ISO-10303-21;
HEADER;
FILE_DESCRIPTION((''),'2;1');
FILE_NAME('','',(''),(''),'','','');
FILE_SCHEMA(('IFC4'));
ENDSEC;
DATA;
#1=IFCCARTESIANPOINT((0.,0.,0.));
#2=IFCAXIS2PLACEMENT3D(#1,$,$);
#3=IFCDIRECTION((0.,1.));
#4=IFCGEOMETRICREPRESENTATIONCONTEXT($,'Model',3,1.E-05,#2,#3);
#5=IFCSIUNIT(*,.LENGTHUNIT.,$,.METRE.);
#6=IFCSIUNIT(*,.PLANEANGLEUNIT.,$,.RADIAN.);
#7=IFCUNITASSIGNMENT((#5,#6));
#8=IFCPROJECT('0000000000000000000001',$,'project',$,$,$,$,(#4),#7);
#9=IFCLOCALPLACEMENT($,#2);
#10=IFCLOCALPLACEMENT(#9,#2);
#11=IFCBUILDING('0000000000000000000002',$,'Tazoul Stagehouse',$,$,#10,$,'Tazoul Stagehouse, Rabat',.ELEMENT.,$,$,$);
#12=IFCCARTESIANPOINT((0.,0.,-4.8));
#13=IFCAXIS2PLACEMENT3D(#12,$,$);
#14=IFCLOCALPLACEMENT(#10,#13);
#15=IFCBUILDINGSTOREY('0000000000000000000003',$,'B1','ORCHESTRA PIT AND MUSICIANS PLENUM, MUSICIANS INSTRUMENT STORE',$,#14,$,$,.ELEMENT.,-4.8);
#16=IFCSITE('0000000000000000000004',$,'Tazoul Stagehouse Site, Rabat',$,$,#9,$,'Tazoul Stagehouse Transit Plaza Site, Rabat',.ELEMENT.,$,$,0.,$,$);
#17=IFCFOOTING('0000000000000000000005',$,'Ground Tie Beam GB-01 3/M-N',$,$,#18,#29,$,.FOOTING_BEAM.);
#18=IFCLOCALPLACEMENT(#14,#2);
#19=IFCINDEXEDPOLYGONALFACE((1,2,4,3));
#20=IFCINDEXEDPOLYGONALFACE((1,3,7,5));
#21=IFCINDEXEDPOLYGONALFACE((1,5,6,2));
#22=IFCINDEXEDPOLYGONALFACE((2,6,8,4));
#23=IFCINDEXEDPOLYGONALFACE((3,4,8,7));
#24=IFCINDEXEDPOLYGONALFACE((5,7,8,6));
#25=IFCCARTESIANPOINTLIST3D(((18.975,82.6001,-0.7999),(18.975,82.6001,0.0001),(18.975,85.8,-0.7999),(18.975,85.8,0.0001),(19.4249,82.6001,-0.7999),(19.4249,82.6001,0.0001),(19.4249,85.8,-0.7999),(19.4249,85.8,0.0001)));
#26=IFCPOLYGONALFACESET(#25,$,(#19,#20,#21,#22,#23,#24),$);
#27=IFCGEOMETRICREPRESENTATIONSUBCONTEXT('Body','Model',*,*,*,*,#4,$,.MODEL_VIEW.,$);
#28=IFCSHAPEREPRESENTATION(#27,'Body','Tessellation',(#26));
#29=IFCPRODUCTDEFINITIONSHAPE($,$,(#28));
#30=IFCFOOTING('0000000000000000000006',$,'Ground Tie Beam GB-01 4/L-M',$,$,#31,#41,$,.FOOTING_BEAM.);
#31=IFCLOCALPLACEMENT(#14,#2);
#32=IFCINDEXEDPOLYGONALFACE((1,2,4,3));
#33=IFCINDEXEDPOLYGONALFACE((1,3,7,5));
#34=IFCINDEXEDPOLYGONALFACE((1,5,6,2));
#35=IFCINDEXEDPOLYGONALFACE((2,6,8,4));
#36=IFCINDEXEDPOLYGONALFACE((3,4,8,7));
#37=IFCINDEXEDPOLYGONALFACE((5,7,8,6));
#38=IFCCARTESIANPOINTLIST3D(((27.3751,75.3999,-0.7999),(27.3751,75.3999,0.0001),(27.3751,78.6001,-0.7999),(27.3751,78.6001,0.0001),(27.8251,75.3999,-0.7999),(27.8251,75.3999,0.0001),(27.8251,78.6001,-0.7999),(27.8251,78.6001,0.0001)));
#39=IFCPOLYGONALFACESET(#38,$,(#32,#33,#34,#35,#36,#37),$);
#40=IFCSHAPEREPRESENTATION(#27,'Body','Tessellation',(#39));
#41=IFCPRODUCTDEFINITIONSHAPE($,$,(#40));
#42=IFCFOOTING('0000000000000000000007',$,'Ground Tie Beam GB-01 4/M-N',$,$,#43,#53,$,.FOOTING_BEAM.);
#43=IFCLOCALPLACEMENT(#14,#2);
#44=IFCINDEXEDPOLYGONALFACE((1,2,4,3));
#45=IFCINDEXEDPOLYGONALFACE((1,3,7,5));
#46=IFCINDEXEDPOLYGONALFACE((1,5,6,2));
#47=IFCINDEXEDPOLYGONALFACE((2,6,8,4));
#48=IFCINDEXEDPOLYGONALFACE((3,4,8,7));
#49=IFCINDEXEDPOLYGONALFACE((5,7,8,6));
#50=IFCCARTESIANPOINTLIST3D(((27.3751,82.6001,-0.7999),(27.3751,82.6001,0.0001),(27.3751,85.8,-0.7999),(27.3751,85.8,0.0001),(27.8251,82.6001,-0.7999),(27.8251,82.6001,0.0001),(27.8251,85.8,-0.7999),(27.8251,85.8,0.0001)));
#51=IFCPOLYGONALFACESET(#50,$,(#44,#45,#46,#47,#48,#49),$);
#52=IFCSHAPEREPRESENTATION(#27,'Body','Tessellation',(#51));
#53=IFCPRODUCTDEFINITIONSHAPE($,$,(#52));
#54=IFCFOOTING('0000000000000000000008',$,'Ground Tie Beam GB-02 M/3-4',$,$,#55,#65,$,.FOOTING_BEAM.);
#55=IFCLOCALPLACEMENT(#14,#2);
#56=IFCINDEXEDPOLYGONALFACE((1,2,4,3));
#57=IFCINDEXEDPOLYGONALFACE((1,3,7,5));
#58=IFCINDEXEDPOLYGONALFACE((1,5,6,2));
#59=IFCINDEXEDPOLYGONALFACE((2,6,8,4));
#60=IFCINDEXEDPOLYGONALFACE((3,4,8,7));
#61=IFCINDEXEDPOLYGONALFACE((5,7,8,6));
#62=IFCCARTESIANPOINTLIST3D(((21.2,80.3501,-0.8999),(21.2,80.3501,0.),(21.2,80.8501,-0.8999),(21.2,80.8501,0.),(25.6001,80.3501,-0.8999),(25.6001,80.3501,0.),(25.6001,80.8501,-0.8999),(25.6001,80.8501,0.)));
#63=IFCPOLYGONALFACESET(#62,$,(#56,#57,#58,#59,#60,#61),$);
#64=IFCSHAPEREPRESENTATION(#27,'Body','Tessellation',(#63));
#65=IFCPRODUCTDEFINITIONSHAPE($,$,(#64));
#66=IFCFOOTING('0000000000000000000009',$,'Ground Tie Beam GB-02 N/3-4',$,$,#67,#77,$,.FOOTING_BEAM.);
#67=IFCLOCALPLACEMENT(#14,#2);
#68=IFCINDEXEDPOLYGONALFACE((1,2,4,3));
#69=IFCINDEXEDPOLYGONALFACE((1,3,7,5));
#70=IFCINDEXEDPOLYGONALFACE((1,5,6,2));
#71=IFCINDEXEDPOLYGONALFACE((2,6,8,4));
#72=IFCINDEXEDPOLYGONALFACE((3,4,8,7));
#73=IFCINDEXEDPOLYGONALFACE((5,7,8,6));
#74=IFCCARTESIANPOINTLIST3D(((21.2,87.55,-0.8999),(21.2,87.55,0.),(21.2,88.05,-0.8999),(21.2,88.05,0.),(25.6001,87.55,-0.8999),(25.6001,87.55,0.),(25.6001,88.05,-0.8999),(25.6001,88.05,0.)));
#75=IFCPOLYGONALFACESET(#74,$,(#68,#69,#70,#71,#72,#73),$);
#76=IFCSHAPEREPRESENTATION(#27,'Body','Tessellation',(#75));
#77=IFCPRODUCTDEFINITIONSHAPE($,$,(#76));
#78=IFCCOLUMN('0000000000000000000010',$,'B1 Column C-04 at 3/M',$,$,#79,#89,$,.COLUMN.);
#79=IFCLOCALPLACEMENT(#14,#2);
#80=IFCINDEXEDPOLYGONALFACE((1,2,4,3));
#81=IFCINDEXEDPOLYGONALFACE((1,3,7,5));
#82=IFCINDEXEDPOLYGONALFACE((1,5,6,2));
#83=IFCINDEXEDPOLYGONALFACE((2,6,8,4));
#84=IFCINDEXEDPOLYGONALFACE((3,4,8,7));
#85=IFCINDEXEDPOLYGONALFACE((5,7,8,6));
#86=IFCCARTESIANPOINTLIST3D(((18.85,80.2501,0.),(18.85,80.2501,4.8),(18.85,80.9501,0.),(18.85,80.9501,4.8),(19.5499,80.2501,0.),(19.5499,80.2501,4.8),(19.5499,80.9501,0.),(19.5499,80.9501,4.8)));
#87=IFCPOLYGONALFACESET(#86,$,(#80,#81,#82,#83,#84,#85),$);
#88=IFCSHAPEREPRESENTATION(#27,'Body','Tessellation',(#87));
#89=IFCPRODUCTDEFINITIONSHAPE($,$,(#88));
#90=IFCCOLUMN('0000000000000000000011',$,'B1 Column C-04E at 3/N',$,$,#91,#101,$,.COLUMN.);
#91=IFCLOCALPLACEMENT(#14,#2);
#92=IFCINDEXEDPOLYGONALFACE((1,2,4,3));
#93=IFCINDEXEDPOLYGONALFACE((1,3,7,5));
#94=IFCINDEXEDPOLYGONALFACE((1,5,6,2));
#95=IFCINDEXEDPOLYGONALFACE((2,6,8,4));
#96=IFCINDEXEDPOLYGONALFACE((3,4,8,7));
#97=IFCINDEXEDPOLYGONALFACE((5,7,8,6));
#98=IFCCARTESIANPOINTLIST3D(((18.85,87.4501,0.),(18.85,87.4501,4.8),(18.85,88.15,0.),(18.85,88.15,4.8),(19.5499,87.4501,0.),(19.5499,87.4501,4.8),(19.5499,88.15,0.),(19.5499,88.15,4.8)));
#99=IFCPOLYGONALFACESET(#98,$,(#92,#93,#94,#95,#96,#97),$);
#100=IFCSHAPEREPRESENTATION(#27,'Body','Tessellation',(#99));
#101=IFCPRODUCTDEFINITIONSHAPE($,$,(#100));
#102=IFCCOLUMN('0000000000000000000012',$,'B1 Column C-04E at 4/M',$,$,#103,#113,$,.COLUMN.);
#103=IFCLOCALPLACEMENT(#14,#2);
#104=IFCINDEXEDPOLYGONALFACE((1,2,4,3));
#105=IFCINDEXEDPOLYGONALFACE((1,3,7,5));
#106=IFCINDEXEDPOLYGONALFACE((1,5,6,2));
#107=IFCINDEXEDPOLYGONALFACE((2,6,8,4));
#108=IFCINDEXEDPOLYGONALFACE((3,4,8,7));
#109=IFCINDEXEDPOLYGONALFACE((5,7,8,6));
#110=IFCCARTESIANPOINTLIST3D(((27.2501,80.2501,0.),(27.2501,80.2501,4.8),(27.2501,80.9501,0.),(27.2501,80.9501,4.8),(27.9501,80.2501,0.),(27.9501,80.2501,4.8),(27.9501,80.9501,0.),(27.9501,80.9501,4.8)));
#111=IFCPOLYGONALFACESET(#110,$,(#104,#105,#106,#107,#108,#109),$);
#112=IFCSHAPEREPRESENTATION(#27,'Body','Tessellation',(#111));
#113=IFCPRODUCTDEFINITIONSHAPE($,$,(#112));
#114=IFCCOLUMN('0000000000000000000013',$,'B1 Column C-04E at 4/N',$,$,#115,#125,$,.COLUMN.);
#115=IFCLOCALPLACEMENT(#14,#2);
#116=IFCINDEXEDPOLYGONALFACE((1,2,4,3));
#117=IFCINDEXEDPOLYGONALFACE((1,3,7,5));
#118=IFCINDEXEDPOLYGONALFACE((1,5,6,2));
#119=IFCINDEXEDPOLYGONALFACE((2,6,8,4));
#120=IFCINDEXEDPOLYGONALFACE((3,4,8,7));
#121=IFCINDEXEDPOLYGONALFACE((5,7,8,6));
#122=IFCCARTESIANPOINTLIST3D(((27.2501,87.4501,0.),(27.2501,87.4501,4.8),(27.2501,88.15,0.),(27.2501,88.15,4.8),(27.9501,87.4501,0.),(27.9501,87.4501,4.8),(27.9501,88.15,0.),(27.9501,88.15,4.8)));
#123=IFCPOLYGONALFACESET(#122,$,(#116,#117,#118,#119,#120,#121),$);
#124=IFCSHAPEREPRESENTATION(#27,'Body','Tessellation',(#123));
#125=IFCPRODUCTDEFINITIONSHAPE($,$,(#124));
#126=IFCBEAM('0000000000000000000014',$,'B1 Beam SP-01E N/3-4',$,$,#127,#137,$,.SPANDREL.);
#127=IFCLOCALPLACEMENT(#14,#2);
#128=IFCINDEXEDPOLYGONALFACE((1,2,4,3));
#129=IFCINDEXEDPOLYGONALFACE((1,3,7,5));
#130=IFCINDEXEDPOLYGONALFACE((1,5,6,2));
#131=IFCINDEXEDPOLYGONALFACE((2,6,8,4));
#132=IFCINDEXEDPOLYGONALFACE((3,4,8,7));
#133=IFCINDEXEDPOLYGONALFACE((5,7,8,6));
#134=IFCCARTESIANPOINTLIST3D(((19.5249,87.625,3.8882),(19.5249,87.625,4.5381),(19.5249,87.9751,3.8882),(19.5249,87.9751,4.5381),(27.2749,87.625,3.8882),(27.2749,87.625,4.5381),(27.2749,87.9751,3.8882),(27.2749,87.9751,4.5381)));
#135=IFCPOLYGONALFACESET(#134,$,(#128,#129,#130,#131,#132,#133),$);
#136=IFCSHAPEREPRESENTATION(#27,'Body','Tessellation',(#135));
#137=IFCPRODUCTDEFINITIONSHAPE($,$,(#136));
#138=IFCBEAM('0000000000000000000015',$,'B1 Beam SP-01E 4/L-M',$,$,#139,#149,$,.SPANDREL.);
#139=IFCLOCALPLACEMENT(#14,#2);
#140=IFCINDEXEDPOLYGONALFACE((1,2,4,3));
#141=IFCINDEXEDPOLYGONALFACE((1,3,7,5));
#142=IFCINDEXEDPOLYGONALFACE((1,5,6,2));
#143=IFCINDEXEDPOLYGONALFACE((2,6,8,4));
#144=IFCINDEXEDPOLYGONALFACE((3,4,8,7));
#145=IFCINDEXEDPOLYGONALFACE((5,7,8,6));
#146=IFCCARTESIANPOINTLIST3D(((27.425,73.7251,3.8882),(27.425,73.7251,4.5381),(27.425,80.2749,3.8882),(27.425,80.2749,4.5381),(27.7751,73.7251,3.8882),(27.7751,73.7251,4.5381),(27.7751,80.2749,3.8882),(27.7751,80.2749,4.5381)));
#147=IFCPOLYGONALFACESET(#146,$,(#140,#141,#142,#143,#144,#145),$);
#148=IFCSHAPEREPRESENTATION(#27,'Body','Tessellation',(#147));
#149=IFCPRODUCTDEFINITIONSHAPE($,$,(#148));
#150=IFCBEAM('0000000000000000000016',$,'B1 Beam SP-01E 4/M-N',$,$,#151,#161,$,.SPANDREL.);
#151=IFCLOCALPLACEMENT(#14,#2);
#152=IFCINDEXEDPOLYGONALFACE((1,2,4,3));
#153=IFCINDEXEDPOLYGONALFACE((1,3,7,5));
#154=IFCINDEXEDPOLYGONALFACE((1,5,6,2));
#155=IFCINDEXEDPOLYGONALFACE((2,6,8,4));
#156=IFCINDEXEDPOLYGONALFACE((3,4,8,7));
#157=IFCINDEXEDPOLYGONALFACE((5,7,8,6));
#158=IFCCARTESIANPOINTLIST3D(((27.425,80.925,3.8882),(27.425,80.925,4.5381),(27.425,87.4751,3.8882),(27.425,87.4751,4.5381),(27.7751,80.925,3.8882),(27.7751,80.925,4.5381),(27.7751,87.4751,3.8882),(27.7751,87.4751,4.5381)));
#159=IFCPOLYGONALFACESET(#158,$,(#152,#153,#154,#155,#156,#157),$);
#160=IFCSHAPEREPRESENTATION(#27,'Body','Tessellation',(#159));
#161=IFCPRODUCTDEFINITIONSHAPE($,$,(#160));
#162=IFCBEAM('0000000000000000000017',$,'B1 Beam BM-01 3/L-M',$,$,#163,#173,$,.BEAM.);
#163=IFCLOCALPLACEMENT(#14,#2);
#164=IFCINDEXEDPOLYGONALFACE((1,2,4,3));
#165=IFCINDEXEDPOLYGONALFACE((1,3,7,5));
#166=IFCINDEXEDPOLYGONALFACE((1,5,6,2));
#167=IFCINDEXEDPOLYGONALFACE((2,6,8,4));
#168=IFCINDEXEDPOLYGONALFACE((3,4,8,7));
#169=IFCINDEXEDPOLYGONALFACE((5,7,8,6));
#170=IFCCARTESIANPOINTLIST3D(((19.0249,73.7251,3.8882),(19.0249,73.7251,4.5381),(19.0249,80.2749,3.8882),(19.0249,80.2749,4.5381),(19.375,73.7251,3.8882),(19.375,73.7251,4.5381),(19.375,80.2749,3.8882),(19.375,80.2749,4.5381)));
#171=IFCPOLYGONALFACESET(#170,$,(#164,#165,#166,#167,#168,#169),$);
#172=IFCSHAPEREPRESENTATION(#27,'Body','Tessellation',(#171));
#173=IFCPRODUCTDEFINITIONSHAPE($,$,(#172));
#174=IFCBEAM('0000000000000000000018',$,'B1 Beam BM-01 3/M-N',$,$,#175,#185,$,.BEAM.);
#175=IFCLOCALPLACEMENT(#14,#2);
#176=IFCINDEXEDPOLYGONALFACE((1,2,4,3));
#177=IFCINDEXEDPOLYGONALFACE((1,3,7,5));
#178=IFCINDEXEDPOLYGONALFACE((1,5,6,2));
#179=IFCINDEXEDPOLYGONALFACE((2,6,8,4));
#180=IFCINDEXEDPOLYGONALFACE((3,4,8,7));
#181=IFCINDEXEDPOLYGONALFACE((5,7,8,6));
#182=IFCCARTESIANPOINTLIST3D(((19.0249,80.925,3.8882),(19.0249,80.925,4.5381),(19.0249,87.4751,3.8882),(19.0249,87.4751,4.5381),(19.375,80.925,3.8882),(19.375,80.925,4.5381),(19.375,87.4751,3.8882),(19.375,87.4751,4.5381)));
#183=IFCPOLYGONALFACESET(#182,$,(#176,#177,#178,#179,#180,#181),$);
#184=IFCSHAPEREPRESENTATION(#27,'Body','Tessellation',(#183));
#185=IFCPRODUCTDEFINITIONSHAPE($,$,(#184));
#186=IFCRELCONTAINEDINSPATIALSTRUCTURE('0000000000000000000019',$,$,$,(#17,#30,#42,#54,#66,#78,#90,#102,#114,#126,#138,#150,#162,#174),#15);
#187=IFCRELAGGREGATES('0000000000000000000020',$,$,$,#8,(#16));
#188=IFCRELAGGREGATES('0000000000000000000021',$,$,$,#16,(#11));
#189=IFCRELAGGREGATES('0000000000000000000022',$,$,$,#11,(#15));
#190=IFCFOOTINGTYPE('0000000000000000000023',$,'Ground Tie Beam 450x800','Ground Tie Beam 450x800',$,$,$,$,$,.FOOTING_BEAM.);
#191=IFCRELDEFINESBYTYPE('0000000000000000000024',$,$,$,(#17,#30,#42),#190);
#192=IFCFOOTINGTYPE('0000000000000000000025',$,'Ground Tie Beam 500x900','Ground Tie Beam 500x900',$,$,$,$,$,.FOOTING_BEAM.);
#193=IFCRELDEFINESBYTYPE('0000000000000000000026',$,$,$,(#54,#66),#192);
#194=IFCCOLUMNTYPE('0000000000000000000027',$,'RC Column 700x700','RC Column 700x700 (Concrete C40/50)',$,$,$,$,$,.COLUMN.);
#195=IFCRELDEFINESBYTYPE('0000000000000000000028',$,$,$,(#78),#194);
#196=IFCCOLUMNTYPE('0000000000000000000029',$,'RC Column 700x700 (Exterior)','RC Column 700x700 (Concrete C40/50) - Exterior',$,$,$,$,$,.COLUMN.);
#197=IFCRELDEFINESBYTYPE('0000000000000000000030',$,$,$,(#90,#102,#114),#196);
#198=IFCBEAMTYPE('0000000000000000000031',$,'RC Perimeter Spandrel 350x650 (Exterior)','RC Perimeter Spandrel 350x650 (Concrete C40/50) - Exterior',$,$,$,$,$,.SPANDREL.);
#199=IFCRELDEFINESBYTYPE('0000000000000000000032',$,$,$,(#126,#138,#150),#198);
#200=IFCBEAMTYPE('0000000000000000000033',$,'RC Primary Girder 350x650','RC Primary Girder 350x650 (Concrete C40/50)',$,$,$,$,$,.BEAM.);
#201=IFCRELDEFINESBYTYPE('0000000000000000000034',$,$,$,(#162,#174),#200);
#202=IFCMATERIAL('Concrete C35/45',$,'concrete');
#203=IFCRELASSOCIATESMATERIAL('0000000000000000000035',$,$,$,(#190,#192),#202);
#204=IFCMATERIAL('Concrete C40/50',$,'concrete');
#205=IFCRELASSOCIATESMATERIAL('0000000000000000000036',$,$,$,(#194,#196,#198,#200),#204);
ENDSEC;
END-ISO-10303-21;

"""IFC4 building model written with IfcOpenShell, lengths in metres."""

from ifc_helpers import new_model, si_unit, direction, frame, origin, origin_2d, place, context, subcontext, project, spatial, rectangle, extrude, material, material_profile, profile_set, type_object, element, save


model = new_model("IFC4")

# Units and contexts
model_context = context("Model", 3, precision=1e-05, world=origin(), true_north=direction((0.0, 1.0)))
body_context = subcontext(model_context, "Body", "Model", "MODEL_VIEW")
ifc_project = project(units=[si_unit("LENGTHUNIT", "METRE"), si_unit("PLANEANGLEUNIT", "RADIAN")], contexts=[model_context])

# Site, building, storey
site_placement = place(None, origin())
site = spatial("IfcSite", under=ifc_project, at=site_placement, Name="Tazoul Stagehouse Site, Rabat", LongName="Tazoul Stagehouse Transit Plaza Site, Rabat", CompositionType="ELEMENT", RefElevation=0.0)
building_placement = place(site_placement, origin())
building = spatial("IfcBuilding", under=site, at=building_placement, Name="Tazoul Stagehouse", LongName="Tazoul Stagehouse, Rabat", CompositionType="ELEMENT")
storey_placement = place(building_placement, frame((0.0, 0.0, -4.8)))
storey = spatial("IfcBuildingStorey", under=building, at=storey_placement, Name="B1", Description="ORCHESTRA PIT AND MUSICIANS PLENUM, MUSICIANS INSTRUMENT STORE", CompositionType="ELEMENT", Elevation=-4.8)

# Shared definitions
ifc_material_1 = material(Name="Concrete C35/45", Category="concrete")

# Footings
ifc_material_profile_1 = material_profile(ifc_material_1, rectangle(XDim=0.45, YDim=0.8, at=origin_2d()), Name="RC 450x800")
ifc_profile_set_1 = profile_set([ifc_material_profile_1], Name="Concrete C35/45")
footing_type_1 = type_object("IfcFootingType", Name="Ground Tie Beam 450x800", Description="Ground Tie Beam 450x800", PredefinedType="FOOTING_BEAM", material=ifc_profile_set_1)
footing_1_placement = place(storey_placement, frame((19.2, 82.6001, -0.3999), z_axis=(0.0, 1.0, 0.0), x_axis=(-1.0, 0.0, 0.0)))
element("IfcFooting", 1, at=footing_1_placement, inside=storey, type_object=footing_type_1, Name="Ground Tie Beam GB-01 3/M-N", PredefinedType="FOOTING_BEAM", context=body_context, shape_type="SweptSolid", body=[
    extrude(rectangle(XDim=0.45, YDim=0.8, at=origin_2d()), origin(), (0.0, 0.0, 1.0), 3.2),
])
footing_2_placement = place(storey_placement, frame((27.6001, 75.3999, -0.3999), z_axis=(0.0, 1.0, 0.0), x_axis=(-1.0, 0.0, 0.0)))
element("IfcFooting", 2, at=footing_2_placement, inside=storey, type_object=footing_type_1, Name="Ground Tie Beam GB-01 4/L-M", PredefinedType="FOOTING_BEAM", context=body_context, shape_type="SweptSolid", body=[
    extrude(rectangle(XDim=0.45, YDim=0.8, at=origin_2d()), origin(), (0.0, 0.0, 1.0), 3.2002),
])
footing_3_placement = place(storey_placement, frame((27.6001, 82.6001, -0.3999), z_axis=(0.0, 1.0, 0.0), x_axis=(-1.0, 0.0, 0.0)))
element("IfcFooting", 3, at=footing_3_placement, inside=storey, type_object=footing_type_1, Name="Ground Tie Beam GB-01 4/M-N", PredefinedType="FOOTING_BEAM", context=body_context, shape_type="SweptSolid", body=[
    extrude(rectangle(XDim=0.45, YDim=0.8, at=origin_2d()), origin(), (0.0, 0.0, 1.0), 3.2),
])
ifc_material_profile_2 = material_profile(ifc_material_1, rectangle(XDim=0.5, YDim=0.8999, at=origin_2d()), Name="RC 500x900")
ifc_profile_set_2 = profile_set([ifc_material_profile_2], Name="Concrete C35/45")
footing_type_2 = type_object("IfcFootingType", Name="Ground Tie Beam 500x900", Description="Ground Tie Beam 500x900", PredefinedType="FOOTING_BEAM", material=ifc_profile_set_2)
for number, where, z_axis, x_axis, name in (
    (4, (21.2, 80.6001, -0.45), (1.0, 0.0, 0.0), (0.0, 1.0, 0.0), "Ground Tie Beam GB-02 M/3-4"),
    (5, (21.2, 87.8, -0.45), (1.0, 0.0, 0.0), (0.0, 1.0, 0.0), "Ground Tie Beam GB-02 N/3-4"),
):
    element("IfcFooting", number, at=place(storey_placement, frame(where, z_axis=z_axis, x_axis=x_axis)), inside=storey, type_object=footing_type_2, Name=name, PredefinedType="FOOTING_BEAM", context=body_context, shape_type="SweptSolid", body=[
        extrude(rectangle(XDim=0.5, YDim=0.8999, at=origin_2d()), origin(), (0.0, 0.0, 1.0), 4.4001),
    ])

# Columns
ifc_material_2 = material(Name="Concrete C40/50", Category="concrete")
ifc_material_profile_3 = material_profile(ifc_material_2, rectangle(XDim=0.7, YDim=0.7, at=origin_2d()), Name="RC 700x700")
ifc_profile_set_3 = profile_set([ifc_material_profile_3], Name="Concrete C40/50")
column_type_1 = type_object("IfcColumnType", Name="RC Column 700x700", Description="RC Column 700x700 (Concrete C40/50)", PredefinedType="COLUMN", material=ifc_profile_set_3)
column_placement = place(storey_placement, frame((19.2, 80.6001, 0.0), z_axis=(0.0, 0.0, 1.0), x_axis=(1.0, 0.0, 0.0)))
element("IfcColumn", 6, at=column_placement, inside=storey, type_object=column_type_1, Name="B1 Column C-04 at 3/M", PredefinedType="COLUMN", context=body_context, shape_type="SweptSolid", body=[
    extrude(rectangle(XDim=0.7, YDim=0.7, at=origin_2d()), origin(), (0.0, 0.0, 1.0), 4.8),
])
ifc_material_profile_4 = material_profile(ifc_material_2, rectangle(XDim=0.7, YDim=0.7, at=origin_2d()), Name="RC 700x700")
ifc_profile_set_4 = profile_set([ifc_material_profile_4], Name="Concrete C40/50")
column_type_2 = type_object("IfcColumnType", Name="RC Column 700x700 (Exterior)", Description="RC Column 700x700 (Concrete C40/50) - Exterior", PredefinedType="COLUMN", material=ifc_profile_set_4)
for number, where, z_axis, x_axis, name in (
    (7, (19.2, 87.8, 0.0), (0.0, 0.0, 1.0), (1.0, 0.0, 0.0), "B1 Column C-04E at 3/N"),
    (8, (27.6001, 80.6001, 0.0), (0.0, 0.0, 1.0), (1.0, 0.0, 0.0), "B1 Column C-04E at 4/M"),
    (9, (27.6001, 87.8, 0.0), (0.0, 0.0, 1.0), (1.0, 0.0, 0.0), "B1 Column C-04E at 4/N"),
):
    element("IfcColumn", number, at=place(storey_placement, frame(where, z_axis=z_axis, x_axis=x_axis)), inside=storey, type_object=column_type_2, Name=name, PredefinedType="COLUMN", context=body_context, shape_type="SweptSolid", body=[
        extrude(rectangle(XDim=0.7, YDim=0.7, at=origin_2d()), origin(), (0.0, 0.0, 1.0), 4.8),
    ])

# Beams
ifc_material_profile_5 = material_profile(ifc_material_2, rectangle(XDim=0.3501, YDim=0.6499, at=origin_2d()), Name="RC 350x650")
ifc_profile_set_5 = profile_set([ifc_material_profile_5], Name="Concrete C40/50")
beam_type_1 = type_object("IfcBeamType", Name="RC Perimeter Spandrel 350x650 (Exterior)", Description="RC Perimeter Spandrel 350x650 (Concrete C40/50) - Exterior", PredefinedType="SPANDREL", material=ifc_profile_set_5)
beam_1_placement = place(storey_placement, frame((19.5249, 87.8, 4.2131), z_axis=(1.0, 0.0, 0.0), x_axis=(0.0, 1.0, 0.0)))
element("IfcBeam", 10, at=beam_1_placement, inside=storey, type_object=beam_type_1, Name="B1 Beam SP-01E N/3-4", PredefinedType="SPANDREL", context=body_context, shape_type="SweptSolid", body=[
    extrude(rectangle(XDim=0.3501, YDim=0.6499, at=origin_2d()), origin(), (0.0, 0.0, 1.0), 7.75),
])
beam_2_placement = place(storey_placement, frame((27.6001, 73.7251, 4.2131), z_axis=(0.0, 1.0, 0.0), x_axis=(-1.0, 0.0, 0.0)))
element("IfcBeam", 11, at=beam_2_placement, inside=storey, type_object=beam_type_1, Name="B1 Beam SP-01E 4/L-M", PredefinedType="SPANDREL", context=body_context, shape_type="SweptSolid", body=[
    extrude(rectangle(XDim=0.3501, YDim=0.6499, at=origin_2d()), origin(), (0.0, 0.0, 1.0), 6.5498),
])
beam_3_placement = place(storey_placement, frame((27.6001, 80.925, 4.2131), z_axis=(0.0, 1.0, 0.0), x_axis=(-1.0, 0.0, 0.0)))
element("IfcBeam", 12, at=beam_3_placement, inside=storey, type_object=beam_type_1, Name="B1 Beam SP-01E 4/M-N", PredefinedType="SPANDREL", context=body_context, shape_type="SweptSolid", body=[
    extrude(rectangle(XDim=0.3501, YDim=0.6499, at=origin_2d()), origin(), (0.0, 0.0, 1.0), 6.55),
])
ifc_material_profile_6 = material_profile(ifc_material_2, rectangle(XDim=0.3501, YDim=0.6499, at=origin_2d()), Name="RC 350x650")
ifc_profile_set_6 = profile_set([ifc_material_profile_6], Name="Concrete C40/50")
beam_type_2 = type_object("IfcBeamType", Name="RC Primary Girder 350x650", Description="RC Primary Girder 350x650 (Concrete C40/50)", PredefinedType="BEAM", material=ifc_profile_set_6)
beam_4_placement = place(storey_placement, frame((19.2, 73.7251, 4.2131), z_axis=(0.0, 1.0, 0.0), x_axis=(-1.0, 0.0, 0.0)))
element("IfcBeam", 13, at=beam_4_placement, inside=storey, type_object=beam_type_2, Name="B1 Beam BM-01 3/L-M", PredefinedType="BEAM", context=body_context, shape_type="SweptSolid", body=[
    extrude(rectangle(XDim=0.3501, YDim=0.6499, at=origin_2d()), origin(), (0.0, 0.0, 1.0), 6.5498),
])
beam_5_placement = place(storey_placement, frame((19.2, 80.925, 4.2131), z_axis=(0.0, 1.0, 0.0), x_axis=(-1.0, 0.0, 0.0)))
element("IfcBeam", 14, at=beam_5_placement, inside=storey, type_object=beam_type_2, Name="B1 Beam BM-01 3/M-N", PredefinedType="BEAM", context=body_context, shape_type="SweptSolid", body=[
    extrude(rectangle(XDim=0.3501, YDim=0.6499, at=origin_2d()), origin(), (0.0, 0.0, 1.0), 6.55),
])

save(model, "model.ifc")
